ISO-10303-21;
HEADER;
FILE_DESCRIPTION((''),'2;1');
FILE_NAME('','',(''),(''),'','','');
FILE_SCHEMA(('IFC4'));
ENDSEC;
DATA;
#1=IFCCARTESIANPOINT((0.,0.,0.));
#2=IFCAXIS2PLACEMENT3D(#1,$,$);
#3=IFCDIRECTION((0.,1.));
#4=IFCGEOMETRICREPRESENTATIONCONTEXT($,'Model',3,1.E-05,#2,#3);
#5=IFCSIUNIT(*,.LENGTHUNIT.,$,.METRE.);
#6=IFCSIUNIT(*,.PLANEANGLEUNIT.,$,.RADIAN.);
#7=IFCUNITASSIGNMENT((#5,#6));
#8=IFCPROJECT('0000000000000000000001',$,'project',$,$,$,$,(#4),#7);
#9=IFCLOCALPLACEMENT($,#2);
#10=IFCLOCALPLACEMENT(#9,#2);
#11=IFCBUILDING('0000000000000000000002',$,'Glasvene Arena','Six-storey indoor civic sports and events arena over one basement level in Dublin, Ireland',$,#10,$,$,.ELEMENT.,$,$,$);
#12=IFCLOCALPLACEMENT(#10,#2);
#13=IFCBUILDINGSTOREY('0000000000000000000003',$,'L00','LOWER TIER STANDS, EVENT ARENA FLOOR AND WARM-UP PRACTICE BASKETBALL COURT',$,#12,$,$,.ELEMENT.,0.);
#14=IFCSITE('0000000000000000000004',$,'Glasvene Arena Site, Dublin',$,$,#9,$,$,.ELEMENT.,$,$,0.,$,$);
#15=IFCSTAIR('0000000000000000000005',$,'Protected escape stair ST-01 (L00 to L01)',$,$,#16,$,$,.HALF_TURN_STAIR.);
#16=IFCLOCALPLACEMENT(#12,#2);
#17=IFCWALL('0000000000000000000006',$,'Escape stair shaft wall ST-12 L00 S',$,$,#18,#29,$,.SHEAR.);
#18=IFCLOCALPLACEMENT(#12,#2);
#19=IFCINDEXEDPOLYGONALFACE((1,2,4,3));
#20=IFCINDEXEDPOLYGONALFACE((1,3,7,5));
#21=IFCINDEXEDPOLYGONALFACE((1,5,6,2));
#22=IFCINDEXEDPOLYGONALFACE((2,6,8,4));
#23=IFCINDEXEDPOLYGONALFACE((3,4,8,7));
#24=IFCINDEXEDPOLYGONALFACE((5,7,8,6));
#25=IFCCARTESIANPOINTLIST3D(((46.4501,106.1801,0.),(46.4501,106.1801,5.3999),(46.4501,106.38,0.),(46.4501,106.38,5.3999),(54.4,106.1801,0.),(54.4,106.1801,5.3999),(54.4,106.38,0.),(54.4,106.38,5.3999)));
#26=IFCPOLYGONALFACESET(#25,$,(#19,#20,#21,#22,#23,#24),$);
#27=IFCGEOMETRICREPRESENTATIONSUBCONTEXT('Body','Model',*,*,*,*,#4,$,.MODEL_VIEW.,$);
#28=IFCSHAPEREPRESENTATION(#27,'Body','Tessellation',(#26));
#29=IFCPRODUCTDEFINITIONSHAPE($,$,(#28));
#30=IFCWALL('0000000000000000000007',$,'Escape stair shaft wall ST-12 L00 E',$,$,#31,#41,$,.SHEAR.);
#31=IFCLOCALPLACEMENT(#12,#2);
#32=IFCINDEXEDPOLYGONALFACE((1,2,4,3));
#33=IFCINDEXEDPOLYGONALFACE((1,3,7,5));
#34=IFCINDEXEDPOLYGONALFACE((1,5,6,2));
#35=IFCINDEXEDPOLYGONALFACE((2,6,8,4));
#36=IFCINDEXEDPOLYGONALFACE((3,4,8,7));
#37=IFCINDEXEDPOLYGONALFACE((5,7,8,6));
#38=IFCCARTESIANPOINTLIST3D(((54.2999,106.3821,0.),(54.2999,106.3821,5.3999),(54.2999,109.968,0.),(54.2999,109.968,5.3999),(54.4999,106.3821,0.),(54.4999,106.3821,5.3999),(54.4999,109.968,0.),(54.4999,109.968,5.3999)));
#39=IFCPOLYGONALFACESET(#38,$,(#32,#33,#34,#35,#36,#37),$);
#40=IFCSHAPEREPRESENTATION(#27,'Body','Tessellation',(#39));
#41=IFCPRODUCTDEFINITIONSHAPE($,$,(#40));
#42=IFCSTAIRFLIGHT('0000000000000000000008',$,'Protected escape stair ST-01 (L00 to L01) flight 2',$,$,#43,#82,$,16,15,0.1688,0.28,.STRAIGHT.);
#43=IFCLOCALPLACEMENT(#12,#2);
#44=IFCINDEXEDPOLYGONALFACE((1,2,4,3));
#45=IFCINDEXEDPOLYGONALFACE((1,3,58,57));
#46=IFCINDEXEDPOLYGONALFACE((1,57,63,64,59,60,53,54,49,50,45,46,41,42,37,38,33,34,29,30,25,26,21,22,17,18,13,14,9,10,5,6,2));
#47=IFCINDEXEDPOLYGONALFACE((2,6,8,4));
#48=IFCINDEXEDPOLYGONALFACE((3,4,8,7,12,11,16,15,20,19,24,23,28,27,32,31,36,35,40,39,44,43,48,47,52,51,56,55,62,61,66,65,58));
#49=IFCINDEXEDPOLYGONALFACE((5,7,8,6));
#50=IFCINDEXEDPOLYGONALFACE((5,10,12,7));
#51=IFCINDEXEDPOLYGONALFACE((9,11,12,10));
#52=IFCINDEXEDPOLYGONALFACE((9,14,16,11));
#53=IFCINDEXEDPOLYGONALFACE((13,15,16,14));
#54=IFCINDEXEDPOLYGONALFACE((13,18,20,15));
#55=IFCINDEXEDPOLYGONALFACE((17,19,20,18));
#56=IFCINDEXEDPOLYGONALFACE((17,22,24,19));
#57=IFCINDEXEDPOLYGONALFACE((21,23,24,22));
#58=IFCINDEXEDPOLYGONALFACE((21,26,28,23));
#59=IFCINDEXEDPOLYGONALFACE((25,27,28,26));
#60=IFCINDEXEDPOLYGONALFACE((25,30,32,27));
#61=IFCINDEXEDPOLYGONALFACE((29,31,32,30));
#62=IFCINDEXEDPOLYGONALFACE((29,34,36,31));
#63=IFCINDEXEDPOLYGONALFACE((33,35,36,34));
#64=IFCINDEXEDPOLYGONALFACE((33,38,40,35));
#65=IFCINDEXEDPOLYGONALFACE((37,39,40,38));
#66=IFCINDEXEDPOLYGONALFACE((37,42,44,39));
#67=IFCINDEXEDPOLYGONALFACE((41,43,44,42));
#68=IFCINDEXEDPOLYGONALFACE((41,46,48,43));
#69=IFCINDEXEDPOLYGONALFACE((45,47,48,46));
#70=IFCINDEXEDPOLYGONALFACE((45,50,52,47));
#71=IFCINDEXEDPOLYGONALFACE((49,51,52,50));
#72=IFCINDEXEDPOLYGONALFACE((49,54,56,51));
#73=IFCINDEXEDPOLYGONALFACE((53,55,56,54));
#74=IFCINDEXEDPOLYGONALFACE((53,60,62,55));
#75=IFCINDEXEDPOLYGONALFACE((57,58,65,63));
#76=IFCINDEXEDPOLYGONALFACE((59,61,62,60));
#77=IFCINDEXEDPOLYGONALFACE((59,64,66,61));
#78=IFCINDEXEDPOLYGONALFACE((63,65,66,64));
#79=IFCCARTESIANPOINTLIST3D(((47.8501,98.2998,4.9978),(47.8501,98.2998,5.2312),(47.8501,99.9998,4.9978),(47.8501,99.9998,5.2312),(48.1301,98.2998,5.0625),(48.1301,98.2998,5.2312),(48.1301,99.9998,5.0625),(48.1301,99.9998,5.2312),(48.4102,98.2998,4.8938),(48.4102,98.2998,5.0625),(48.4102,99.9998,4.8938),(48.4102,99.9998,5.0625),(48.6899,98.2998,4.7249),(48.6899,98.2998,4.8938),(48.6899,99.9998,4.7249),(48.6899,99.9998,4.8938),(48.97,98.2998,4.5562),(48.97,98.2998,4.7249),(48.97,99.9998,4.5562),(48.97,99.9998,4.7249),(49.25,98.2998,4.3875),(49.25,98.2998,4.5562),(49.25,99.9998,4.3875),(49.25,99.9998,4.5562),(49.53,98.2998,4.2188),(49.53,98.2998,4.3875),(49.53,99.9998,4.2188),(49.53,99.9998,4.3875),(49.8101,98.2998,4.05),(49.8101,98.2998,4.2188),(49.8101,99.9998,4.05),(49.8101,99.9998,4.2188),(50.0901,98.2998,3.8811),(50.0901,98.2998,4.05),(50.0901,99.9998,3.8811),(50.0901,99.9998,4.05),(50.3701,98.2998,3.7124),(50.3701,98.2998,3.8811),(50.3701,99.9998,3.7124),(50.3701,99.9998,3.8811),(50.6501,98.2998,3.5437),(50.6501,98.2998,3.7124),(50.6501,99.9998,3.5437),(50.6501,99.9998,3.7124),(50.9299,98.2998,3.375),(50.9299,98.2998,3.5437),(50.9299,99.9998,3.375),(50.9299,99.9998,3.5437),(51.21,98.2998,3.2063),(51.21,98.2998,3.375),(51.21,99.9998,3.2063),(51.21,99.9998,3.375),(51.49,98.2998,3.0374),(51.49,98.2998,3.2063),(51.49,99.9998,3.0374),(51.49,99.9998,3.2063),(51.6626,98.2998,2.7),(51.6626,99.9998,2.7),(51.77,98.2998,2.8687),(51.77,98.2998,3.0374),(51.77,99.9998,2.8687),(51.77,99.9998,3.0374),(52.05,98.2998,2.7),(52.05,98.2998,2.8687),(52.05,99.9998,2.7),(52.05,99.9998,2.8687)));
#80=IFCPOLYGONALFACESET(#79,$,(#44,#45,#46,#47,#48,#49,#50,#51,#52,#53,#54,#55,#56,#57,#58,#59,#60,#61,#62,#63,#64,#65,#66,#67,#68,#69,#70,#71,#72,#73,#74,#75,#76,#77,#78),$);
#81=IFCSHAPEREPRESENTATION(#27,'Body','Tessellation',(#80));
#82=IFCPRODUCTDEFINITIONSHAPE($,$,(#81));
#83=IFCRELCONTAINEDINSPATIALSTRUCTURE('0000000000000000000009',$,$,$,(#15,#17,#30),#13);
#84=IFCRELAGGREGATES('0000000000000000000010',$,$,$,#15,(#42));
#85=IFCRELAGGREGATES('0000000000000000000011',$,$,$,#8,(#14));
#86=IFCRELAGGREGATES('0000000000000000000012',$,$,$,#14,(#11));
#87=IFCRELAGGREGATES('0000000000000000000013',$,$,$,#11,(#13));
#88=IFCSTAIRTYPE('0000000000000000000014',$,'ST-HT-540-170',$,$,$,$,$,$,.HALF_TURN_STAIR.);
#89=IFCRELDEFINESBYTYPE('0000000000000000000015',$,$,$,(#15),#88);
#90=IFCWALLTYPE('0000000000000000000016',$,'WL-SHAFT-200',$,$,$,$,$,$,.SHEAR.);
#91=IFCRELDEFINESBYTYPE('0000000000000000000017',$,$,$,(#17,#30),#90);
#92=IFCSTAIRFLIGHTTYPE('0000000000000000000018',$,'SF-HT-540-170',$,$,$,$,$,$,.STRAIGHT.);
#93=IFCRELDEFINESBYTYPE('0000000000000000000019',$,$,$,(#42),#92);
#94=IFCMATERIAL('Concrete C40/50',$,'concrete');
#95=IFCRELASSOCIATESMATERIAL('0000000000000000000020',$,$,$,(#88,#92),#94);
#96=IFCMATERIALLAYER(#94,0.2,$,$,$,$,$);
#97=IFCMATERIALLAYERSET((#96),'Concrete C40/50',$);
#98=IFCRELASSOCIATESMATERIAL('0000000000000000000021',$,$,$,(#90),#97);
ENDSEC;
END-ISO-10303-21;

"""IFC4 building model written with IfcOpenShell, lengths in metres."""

from ifc_helpers import new_model, si_unit, direction, frame, frame_2d, origin, place, context, subcontext, project, spatial, polyline, rectangle, outline, extrude, material, layer, layer_set, type_object, element, aggregate, save


model = new_model("IFC4")

# Units and contexts
model_context = context("Model", 3, precision=1e-05, world=origin(), true_north=direction((0.0, 1.0)))
body_context = subcontext(model_context, "Body", "Model", "MODEL_VIEW")
ifc_project = project(units=[si_unit("LENGTHUNIT", "METRE"), si_unit("PLANEANGLEUNIT", "RADIAN")], contexts=[model_context])

# Site, building, storey
site_placement = place(None, origin())
site = spatial("IfcSite", under=ifc_project, at=site_placement, Name="Glasvene Arena Site, Dublin", CompositionType="ELEMENT", RefElevation=0.0)
building_placement = place(site_placement, origin())
building = spatial("IfcBuilding", under=site, at=building_placement, Name="Glasvene Arena", Description="Six-storey indoor civic sports and events arena over one basement level in Dublin, Ireland", CompositionType="ELEMENT")
storey_placement = place(building_placement, origin())
storey = spatial("IfcBuildingStorey", under=building, at=storey_placement, Name="L00", Description="LOWER TIER STANDS, EVENT ARENA FLOOR AND WARM-UP PRACTICE BASKETBALL COURT", CompositionType="ELEMENT", Elevation=0.0)

# Shared definitions
ifc_material_1 = material(Name="Concrete C40/50", Category="concrete")

# Stair
stair_type = type_object("IfcStairType", Name="ST-HT-540-170", PredefinedType="HALF_TURN_STAIR", material=ifc_material_1)
stair_placement = place(storey_placement, origin())
stair = element("IfcStair", 1, at=stair_placement, inside=storey, type_object=stair_type, Name="Protected escape stair ST-01 (L00 to L01)", PredefinedType="HALF_TURN_STAIR")

# Wall
ifc_layer_1 = layer(ifc_material_1, 0.2)
ifc_layer_set_1 = layer_set([ifc_layer_1], Name="Concrete C40/50")
wall_type_1 = type_object("IfcWallType", Name="WL-SHAFT-200", PredefinedType="SHEAR", material=ifc_layer_set_1)
wall_1_placement = place(storey_placement, frame((46.45, 106.28, 0.0), z_axis=(0.0, 0.0, 1.0), x_axis=(1.0, 0.0, 0.0)))
element("IfcWall", 2, at=wall_1_placement, inside=storey, type_object=wall_type_1, Name="Escape stair shaft wall ST-12 L00 S", PredefinedType="SHEAR", context=body_context, shape_type="SweptSolid", body=[
    extrude(rectangle(XDim=7.95, YDim=0.2, at=frame_2d((3.9751, 0.0))), origin(), (0.0, 0.0, 1.0), 5.3999),
])

# Wall
wall_2_placement = place(storey_placement, frame((54.3999, 106.3821, 0.0), z_axis=(0.0, 0.0, 1.0), x_axis=(0.0, 1.0, 0.0)))
element("IfcWall", 3, at=wall_2_placement, inside=storey, type_object=wall_type_1, Name="Escape stair shaft wall ST-12 L00 E", PredefinedType="SHEAR", context=body_context, shape_type="SweptSolid", body=[
    extrude(rectangle(XDim=3.5859, YDim=0.2, at=frame_2d((1.793, 0.0))), origin(), (0.0, 0.0, 1.0), 5.3999),
])

# Stair flight
stair_flight_type = type_object("IfcStairFlightType", Name="SF-HT-540-170", PredefinedType="STRAIGHT", material=ifc_material_1)
stair_flight_placement = place(storey_placement, frame((52.05, 99.1499, 2.7), z_axis=(0.0, 0.0, 1.0), x_axis=(-1.0, 0.0, 0.0)))
stair_flight = element("IfcStairFlight", 4, at=stair_flight_placement, type_object=stair_flight_type, Name="Protected escape stair ST-01 (L00 to L01) flight 2", NumberOfRisers=16, NumberOfTreads=15, PredefinedType="STRAIGHT", RiserHeight=0.1688, TreadLength=0.28, context=body_context, shape_type="SweptSolid", body=[
    extrude(outline(polyline([(0.0, 0.0), (0.0, 0.1687), (0.28, 0.1687), (0.28, 0.3374), (0.5601, 0.3374), (0.5601, 0.5063), (0.8401, 0.5063), (0.8401, 0.675), (1.1201, 0.675), (1.1201, 0.8438), (1.3999, 0.8438), (1.3999, 1.0125), (1.6799, 1.0125), (1.6799, 1.1812), (1.96, 1.1812), (1.96, 1.3501), (2.24, 1.3501), (2.24, 1.5188), (2.52, 1.5188), (2.52, 1.6875), (2.8, 1.6875), (2.8, 1.8562), (3.0801, 1.8562), (3.0801, 2.0249), (3.3601, 2.0249), (3.3601, 2.1938), (3.6399, 2.1938), (3.6399, 2.3625), (3.9199, 2.3625), (3.9199, 2.5312), (4.2, 2.5312), (4.2, 2.7), (4.2, 2.2979), (0.3875, 0.0), (0.0, 0.0)])), frame((0.0, 0.8501, 0.0), z_axis=(0.0, -1.0, 0.0), x_axis=(1.0, 0.0, 0.0)), (0.0, 0.0, 1.0), 1.7),
])
aggregate(stair, [stair_flight])

save(model, "model.ifc")
